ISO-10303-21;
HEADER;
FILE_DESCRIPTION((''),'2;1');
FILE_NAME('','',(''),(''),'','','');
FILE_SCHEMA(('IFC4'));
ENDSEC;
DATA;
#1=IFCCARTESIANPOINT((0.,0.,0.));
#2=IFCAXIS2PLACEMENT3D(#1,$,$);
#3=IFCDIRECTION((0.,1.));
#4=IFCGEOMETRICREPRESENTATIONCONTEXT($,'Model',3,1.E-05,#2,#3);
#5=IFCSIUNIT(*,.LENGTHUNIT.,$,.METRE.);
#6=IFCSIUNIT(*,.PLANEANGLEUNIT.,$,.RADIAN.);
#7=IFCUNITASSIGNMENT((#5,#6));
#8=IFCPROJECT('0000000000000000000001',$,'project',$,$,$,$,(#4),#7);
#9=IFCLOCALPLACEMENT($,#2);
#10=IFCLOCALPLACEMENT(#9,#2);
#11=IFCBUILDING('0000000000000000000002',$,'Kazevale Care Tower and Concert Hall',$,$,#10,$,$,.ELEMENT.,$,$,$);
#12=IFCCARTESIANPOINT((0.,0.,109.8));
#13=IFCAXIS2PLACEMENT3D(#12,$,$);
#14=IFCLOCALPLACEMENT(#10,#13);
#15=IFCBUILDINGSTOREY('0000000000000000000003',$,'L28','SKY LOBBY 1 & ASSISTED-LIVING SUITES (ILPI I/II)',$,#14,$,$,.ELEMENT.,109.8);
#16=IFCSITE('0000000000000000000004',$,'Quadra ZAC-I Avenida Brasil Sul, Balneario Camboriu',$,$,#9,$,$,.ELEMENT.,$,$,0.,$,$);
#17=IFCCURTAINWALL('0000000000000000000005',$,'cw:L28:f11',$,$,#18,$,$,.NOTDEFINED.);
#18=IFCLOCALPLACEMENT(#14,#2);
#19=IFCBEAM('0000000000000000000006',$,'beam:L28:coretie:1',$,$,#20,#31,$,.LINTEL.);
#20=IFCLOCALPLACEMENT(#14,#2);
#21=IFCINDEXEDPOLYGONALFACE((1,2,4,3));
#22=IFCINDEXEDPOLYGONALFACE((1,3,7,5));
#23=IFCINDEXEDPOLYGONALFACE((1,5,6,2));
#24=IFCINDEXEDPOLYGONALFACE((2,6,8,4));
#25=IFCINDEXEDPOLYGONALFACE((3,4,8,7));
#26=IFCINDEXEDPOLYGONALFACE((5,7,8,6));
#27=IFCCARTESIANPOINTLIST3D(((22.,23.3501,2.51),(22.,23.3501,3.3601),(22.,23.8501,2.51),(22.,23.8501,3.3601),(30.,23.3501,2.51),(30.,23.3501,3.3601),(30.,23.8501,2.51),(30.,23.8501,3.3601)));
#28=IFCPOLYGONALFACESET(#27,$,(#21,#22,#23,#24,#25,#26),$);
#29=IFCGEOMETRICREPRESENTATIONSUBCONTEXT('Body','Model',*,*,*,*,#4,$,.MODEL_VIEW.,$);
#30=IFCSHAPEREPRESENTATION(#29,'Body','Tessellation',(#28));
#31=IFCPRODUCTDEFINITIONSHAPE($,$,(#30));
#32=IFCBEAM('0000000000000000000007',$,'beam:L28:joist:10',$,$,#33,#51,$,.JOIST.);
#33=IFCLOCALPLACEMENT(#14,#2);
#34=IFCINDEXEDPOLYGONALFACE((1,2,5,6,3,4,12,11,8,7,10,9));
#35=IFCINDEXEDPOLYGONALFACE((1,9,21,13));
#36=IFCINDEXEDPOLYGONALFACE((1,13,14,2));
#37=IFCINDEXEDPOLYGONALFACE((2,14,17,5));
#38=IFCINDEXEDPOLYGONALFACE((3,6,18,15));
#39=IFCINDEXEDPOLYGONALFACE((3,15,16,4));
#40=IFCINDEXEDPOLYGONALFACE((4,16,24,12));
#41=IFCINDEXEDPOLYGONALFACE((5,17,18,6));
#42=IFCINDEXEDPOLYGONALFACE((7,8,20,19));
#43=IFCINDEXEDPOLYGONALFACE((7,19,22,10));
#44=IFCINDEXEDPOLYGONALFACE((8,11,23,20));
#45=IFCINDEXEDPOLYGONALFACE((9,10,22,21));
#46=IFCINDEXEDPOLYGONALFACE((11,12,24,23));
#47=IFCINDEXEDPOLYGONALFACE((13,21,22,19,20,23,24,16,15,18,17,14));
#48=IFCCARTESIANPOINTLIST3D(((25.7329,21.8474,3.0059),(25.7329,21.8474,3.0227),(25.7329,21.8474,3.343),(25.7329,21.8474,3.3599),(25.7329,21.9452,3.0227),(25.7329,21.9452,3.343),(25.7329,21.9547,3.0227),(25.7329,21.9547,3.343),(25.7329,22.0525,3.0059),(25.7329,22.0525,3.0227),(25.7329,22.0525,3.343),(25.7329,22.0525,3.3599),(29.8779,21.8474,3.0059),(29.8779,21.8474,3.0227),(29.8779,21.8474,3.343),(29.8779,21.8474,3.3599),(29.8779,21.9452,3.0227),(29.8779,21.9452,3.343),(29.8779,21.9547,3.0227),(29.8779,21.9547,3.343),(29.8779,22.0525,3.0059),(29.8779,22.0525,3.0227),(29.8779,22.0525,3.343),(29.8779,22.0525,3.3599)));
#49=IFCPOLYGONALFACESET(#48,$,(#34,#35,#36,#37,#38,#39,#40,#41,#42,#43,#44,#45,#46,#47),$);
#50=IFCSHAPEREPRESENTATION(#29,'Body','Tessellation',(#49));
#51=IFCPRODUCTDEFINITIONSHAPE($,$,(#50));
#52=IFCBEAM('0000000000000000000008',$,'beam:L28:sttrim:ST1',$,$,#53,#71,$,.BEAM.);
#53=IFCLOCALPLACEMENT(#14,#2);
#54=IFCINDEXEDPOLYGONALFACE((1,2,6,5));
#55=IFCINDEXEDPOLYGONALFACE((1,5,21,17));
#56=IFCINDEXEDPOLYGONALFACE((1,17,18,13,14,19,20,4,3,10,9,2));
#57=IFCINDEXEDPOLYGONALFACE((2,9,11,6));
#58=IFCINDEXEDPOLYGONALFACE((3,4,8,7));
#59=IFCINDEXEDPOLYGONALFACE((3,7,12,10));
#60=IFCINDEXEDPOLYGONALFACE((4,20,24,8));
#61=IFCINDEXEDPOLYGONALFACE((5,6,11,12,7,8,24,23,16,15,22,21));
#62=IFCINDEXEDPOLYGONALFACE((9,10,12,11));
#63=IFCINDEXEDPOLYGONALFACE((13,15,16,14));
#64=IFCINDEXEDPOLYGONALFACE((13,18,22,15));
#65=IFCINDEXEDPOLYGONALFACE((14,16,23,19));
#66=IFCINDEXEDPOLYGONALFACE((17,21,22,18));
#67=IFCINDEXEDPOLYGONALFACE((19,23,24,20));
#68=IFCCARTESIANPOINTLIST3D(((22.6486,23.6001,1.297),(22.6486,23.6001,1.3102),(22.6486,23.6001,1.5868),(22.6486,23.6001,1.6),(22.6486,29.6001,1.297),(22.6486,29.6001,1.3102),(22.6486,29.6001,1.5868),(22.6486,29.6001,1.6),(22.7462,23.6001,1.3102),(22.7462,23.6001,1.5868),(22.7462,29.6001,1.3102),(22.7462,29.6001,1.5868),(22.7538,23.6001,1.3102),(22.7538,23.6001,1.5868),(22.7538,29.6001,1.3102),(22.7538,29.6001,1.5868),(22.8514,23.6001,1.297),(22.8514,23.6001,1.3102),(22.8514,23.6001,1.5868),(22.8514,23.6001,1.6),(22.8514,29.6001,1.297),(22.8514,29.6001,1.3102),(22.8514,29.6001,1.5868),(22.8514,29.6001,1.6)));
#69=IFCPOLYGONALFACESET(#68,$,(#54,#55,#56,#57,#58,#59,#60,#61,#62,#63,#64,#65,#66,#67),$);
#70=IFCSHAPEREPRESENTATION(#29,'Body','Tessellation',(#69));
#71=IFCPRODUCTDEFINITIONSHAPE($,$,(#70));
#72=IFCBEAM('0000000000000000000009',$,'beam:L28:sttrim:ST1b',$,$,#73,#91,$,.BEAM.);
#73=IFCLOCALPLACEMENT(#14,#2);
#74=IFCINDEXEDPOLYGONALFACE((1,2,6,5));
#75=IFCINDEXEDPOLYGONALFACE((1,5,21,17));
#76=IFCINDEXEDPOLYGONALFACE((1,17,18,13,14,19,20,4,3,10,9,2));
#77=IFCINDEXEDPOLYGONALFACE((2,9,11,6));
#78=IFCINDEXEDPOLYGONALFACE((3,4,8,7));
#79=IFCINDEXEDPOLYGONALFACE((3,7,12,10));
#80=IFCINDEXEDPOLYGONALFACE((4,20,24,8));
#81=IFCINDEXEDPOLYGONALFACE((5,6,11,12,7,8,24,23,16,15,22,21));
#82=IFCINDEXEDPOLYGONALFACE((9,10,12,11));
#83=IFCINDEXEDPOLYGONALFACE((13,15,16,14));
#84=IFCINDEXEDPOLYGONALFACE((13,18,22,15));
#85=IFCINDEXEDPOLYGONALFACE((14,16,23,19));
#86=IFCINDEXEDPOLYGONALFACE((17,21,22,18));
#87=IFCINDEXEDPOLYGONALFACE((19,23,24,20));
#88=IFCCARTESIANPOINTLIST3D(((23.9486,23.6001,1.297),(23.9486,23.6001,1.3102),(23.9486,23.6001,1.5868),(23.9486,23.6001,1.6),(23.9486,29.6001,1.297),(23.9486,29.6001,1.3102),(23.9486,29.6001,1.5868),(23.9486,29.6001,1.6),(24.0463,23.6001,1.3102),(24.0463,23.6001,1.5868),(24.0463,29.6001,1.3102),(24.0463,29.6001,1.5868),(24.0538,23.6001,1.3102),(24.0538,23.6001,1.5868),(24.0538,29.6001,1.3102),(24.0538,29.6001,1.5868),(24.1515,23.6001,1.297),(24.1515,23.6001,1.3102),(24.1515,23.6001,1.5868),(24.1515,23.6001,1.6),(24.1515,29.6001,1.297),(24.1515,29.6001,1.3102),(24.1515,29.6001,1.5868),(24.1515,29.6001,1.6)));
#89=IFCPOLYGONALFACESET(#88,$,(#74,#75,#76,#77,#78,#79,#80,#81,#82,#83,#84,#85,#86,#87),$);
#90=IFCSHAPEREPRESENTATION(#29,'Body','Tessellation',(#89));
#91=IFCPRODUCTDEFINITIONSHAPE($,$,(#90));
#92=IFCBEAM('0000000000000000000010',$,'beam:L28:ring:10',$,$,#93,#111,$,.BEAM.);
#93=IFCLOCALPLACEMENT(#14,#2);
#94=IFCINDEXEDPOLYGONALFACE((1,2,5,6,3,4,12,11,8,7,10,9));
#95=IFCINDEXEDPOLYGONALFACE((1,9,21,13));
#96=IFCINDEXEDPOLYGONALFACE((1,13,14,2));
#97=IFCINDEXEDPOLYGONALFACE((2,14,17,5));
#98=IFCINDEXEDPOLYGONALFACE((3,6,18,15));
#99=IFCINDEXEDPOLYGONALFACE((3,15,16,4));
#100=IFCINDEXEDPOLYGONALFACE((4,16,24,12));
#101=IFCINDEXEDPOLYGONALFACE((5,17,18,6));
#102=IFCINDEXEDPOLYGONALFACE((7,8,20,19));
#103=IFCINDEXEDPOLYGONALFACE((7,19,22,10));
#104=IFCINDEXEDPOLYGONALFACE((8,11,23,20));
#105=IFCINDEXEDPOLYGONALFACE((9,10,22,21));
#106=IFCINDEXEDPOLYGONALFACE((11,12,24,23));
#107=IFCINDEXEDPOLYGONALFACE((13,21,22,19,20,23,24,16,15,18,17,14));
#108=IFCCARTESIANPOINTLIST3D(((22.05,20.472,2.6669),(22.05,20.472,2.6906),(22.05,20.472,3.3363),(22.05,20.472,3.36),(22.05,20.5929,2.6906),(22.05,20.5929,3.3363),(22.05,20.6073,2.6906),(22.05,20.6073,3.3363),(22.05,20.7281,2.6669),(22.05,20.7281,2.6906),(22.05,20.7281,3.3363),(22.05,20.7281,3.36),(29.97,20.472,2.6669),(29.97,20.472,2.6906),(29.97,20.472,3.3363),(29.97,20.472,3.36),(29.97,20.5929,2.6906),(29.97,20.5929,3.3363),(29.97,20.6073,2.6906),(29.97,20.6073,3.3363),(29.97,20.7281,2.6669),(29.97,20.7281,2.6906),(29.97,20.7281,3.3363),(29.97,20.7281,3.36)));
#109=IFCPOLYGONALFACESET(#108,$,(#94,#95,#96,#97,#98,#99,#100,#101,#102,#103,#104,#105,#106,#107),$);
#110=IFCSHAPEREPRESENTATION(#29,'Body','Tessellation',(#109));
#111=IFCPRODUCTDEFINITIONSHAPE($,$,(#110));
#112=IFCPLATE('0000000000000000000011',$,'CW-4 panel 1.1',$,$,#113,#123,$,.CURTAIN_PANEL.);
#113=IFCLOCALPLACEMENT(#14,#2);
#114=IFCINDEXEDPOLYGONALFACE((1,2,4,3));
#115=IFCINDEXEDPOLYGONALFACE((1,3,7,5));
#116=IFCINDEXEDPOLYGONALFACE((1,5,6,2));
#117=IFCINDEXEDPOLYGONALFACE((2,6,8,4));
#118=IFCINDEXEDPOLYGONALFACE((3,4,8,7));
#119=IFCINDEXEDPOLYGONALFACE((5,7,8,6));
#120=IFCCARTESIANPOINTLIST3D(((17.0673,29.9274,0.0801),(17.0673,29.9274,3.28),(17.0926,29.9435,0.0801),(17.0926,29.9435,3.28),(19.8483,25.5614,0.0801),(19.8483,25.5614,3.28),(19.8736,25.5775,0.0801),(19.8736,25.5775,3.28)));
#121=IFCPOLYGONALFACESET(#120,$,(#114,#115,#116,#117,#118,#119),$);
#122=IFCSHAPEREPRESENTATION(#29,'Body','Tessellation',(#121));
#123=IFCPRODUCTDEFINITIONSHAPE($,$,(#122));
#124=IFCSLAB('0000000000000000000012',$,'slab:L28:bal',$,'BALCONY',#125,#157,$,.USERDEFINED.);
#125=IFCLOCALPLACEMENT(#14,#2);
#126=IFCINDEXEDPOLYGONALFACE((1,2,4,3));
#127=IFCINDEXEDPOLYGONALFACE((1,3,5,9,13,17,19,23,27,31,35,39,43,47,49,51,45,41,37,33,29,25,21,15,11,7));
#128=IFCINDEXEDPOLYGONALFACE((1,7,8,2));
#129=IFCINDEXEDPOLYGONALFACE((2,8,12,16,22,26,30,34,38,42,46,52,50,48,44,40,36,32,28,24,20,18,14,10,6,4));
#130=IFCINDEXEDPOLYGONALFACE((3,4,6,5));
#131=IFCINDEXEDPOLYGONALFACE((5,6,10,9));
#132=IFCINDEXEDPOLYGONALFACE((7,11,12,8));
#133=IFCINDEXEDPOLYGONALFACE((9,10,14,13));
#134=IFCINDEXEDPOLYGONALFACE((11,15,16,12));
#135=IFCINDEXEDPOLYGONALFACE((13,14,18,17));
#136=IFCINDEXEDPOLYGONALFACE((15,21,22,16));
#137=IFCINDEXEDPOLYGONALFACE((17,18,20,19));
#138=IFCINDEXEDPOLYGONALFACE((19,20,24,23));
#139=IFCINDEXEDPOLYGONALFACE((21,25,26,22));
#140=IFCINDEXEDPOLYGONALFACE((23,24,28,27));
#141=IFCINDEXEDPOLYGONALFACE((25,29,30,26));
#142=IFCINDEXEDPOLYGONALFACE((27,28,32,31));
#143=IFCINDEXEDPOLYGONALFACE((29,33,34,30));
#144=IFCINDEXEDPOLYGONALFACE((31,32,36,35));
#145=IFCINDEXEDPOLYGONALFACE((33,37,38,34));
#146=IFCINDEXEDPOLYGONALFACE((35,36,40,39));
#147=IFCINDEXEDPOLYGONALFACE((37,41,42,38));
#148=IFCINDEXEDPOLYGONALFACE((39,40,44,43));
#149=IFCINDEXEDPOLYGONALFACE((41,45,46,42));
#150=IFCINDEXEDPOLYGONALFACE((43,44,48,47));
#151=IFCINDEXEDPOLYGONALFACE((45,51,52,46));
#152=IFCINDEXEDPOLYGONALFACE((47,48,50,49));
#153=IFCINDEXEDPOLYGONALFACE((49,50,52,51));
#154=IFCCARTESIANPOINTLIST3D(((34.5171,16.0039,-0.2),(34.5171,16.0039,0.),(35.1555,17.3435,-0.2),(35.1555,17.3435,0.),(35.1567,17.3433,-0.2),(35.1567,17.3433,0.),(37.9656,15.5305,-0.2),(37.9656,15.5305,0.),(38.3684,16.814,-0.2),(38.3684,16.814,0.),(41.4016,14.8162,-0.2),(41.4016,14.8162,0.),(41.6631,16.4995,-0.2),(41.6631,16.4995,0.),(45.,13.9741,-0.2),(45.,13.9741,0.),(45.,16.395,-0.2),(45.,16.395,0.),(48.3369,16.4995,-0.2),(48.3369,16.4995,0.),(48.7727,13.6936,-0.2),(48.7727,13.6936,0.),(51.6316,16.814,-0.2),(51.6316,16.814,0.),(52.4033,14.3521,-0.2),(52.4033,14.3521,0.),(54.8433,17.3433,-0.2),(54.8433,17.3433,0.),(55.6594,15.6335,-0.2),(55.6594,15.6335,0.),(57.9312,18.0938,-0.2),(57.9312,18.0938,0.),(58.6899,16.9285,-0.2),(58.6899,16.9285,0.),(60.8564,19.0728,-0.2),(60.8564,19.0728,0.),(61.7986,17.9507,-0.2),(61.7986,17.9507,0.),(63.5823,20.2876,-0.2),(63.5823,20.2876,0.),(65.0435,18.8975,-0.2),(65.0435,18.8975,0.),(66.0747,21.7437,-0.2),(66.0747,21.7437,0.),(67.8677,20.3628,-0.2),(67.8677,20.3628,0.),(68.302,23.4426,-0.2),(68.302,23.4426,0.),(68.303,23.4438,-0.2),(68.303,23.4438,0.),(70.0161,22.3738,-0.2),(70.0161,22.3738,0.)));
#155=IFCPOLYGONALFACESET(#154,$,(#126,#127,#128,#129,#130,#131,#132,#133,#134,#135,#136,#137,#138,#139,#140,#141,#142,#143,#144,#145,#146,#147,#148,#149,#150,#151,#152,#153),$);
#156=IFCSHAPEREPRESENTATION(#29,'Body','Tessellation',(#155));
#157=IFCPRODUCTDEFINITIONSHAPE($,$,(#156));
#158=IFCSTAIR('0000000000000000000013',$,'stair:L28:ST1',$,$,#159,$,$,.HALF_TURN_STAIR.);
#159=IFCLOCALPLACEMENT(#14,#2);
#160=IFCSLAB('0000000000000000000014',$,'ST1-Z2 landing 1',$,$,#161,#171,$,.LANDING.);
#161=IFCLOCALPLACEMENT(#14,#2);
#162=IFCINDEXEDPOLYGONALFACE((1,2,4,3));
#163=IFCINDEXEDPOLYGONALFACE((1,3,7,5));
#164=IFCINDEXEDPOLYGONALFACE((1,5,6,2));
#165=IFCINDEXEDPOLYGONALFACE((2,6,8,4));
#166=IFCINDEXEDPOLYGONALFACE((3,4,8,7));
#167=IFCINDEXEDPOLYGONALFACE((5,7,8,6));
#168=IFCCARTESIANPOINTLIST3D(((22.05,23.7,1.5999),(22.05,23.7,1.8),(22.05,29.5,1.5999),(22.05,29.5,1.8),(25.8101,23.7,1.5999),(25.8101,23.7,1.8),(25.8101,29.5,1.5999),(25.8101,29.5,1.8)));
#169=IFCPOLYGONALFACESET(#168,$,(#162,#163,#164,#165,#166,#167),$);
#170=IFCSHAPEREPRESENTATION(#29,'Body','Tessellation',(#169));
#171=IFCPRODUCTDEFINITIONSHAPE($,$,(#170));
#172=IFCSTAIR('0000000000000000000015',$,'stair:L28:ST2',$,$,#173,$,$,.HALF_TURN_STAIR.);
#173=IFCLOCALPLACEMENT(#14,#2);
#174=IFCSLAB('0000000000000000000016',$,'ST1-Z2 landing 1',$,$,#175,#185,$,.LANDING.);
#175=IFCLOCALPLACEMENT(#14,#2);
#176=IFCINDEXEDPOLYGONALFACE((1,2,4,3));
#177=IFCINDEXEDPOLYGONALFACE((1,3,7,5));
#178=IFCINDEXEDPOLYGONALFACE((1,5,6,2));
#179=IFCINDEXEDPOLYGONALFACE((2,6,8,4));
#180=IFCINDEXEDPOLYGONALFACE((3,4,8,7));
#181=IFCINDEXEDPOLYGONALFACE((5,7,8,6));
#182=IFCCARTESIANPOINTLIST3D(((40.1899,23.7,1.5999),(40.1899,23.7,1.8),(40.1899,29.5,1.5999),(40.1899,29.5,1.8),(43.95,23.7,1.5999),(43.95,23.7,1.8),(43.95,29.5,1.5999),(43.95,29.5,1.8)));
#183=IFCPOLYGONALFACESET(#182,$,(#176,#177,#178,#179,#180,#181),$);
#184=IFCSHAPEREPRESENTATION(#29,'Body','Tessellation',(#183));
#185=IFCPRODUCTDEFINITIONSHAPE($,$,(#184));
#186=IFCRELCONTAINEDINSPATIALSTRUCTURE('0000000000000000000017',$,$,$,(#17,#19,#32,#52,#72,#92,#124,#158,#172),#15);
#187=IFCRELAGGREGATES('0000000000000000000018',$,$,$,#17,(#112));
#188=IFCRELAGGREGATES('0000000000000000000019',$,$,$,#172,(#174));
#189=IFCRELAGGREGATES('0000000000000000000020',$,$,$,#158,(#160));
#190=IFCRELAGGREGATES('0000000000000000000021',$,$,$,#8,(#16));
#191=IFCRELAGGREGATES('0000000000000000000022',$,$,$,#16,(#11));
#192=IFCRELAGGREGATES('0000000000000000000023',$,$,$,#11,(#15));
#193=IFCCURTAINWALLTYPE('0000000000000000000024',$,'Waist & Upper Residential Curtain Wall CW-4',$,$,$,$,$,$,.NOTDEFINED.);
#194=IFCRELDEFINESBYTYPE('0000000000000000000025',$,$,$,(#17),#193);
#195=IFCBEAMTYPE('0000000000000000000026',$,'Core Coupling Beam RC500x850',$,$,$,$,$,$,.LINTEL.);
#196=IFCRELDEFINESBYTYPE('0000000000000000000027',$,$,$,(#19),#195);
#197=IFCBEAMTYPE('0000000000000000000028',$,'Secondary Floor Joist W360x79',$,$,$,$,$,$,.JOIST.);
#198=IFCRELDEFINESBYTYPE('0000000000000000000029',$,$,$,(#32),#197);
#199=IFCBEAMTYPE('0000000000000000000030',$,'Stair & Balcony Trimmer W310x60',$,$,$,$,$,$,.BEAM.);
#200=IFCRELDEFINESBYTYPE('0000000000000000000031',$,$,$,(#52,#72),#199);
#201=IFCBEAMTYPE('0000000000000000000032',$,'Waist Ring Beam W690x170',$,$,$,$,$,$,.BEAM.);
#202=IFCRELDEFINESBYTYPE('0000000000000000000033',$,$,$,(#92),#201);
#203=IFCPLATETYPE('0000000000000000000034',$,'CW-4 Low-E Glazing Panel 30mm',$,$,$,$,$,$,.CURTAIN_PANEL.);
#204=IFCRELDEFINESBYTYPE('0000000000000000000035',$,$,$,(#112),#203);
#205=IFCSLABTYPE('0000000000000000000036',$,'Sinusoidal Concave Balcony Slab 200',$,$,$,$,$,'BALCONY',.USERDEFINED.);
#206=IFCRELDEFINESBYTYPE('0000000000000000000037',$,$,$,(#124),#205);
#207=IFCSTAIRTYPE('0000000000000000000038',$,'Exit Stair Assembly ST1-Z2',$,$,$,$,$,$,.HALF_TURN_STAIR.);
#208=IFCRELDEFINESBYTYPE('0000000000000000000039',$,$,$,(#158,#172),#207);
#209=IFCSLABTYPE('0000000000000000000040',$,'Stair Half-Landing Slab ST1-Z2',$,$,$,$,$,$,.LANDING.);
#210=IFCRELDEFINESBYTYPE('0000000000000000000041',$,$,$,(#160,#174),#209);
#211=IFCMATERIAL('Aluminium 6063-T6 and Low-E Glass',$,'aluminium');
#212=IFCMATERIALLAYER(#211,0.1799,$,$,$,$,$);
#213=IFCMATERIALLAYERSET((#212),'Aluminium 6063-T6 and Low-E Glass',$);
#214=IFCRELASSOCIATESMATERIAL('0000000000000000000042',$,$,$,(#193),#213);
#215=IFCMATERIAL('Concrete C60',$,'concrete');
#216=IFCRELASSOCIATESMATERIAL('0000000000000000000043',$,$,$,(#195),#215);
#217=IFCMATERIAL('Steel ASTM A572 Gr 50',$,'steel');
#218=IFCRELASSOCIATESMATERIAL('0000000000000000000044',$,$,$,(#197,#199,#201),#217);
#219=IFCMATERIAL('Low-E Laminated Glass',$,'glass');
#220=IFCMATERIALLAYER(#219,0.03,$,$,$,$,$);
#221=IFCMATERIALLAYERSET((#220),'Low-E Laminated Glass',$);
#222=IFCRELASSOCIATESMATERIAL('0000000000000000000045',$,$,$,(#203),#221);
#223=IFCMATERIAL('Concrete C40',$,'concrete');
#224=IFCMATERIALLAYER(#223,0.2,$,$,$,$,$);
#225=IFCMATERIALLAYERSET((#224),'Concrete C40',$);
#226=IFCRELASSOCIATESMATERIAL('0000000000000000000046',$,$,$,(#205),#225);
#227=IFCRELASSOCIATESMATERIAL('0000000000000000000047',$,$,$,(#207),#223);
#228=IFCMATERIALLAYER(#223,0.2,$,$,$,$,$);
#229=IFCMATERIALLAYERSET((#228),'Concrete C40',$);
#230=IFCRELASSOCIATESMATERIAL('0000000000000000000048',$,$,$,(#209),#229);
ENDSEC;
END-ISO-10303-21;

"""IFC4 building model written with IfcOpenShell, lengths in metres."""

from ifc_helpers import new_model, si_unit, direction, frame, origin, origin_2d, place, context, subcontext, project, spatial, polyline, rectangle, i_section, outline, extrude, material, layer, layer_set, material_profile, profile_set, type_object, element, aggregate, save


model = new_model("IFC4")

# Units and contexts
model_context = context("Model", 3, precision=1e-05, world=origin(), true_north=direction((0.0, 1.0)))
body_context = subcontext(model_context, "Body", "Model", "MODEL_VIEW")
ifc_project = project(units=[si_unit("LENGTHUNIT", "METRE"), si_unit("PLANEANGLEUNIT", "RADIAN")], contexts=[model_context])

# Site, building, storey
site_placement = place(None, origin())
site = spatial("IfcSite", under=ifc_project, at=site_placement, Name="Quadra ZAC-I Avenida Brasil Sul, Balneario Camboriu", CompositionType="ELEMENT", RefElevation=0.0)
building_placement = place(site_placement, origin())
building = spatial("IfcBuilding", under=site, at=building_placement, Name="Kazevale Care Tower and Concert Hall", CompositionType="ELEMENT")
storey_placement = place(building_placement, frame((0.0, 0.0, 109.8)))
storey = spatial("IfcBuildingStorey", under=building, at=storey_placement, Name="L28", Description="SKY LOBBY 1 & ASSISTED-LIVING SUITES (ILPI I/II)", CompositionType="ELEMENT", Elevation=109.8)

# Shared definitions
ifc_material_1 = material(Name="Concrete C60", Category="concrete")

# Curtain wall
ifc_material_2 = material(Name="Aluminium 6063-T6 and Low-E Glass", Category="aluminium")
ifc_layer_1 = layer(ifc_material_2, 0.1799)
ifc_layer_set_1 = layer_set([ifc_layer_1], Name="Aluminium 6063-T6 and Low-E Glass")
curtain_wall_type_1 = type_object("IfcCurtainWallType", Name="Waist & Upper Residential Curtain Wall CW-4", PredefinedType="NOTDEFINED", material=ifc_layer_set_1)
curtain_wall_1_placement = place(storey_placement, origin())
curtain_wall_1 = element("IfcCurtainWall", 1, at=curtain_wall_1_placement, inside=storey, type_object=curtain_wall_type_1, Name="cw:L28:f11", PredefinedType="NOTDEFINED")

# Beams
ifc_material_profile_1 = material_profile(ifc_material_1, rectangle(XDim=0.5, YDim=0.8501, at=origin_2d()), Name="RC-B500x850")
ifc_profile_set_1 = profile_set([ifc_material_profile_1], Name="Concrete C60")
beam_type_1 = type_object("IfcBeamType", Name="Core Coupling Beam RC500x850", PredefinedType="LINTEL", material=ifc_profile_set_1)
beam_1_placement = place(storey_placement, frame((22.0, 23.6001, 2.9351), z_axis=(1.0, 0.0, 0.0), x_axis=(0.0, 1.0, 0.0)))
element("IfcBeam", 2, at=beam_1_placement, inside=storey, type_object=beam_type_1, Name="beam:L28:coretie:1", PredefinedType="LINTEL", context=body_context, shape_type="SweptSolid", body=[
    extrude(rectangle(XDim=0.5, YDim=0.8501, at=origin_2d()), origin(), (0.0, 0.0, 1.0), 8.0),
])
ifc_material_3 = material(Name="Steel ASTM A572 Gr 50", Category="steel")
ifc_material_profile_2 = material_profile(ifc_material_3, i_section(OverallWidth=0.2051, OverallDepth=0.354, WebThickness=0.0095, FlangeThickness=0.0168, at=origin_2d()), Name="W360x79")
ifc_profile_set_2 = profile_set([ifc_material_profile_2], Name="Steel ASTM A572 Gr 50")
beam_type_2 = type_object("IfcBeamType", Name="Secondary Floor Joist W360x79", PredefinedType="JOIST", material=ifc_profile_set_2)
beam_2_placement = place(storey_placement, frame((25.7329, 21.95, 3.1829), z_axis=(1.0, 0.0, 0.0), x_axis=(0.0, 1.0, 0.0)))
element("IfcBeam", 3, at=beam_2_placement, inside=storey, type_object=beam_type_2, Name="beam:L28:joist:10", PredefinedType="JOIST", context=body_context, shape_type="SweptSolid", body=[
    extrude(i_section(OverallWidth=0.2051, OverallDepth=0.354, WebThickness=0.0095, FlangeThickness=0.0168, at=origin_2d()), origin(), (0.0, 0.0, 1.0), 4.145),
])
ifc_material_profile_3 = material_profile(ifc_material_3, i_section(OverallWidth=0.2029, OverallDepth=0.303, WebThickness=0.0076, FlangeThickness=0.0132, at=origin_2d()), Name="W310x60")
ifc_profile_set_3 = profile_set([ifc_material_profile_3], Name="Steel ASTM A572 Gr 50")
beam_type_3 = type_object("IfcBeamType", Name="Stair & Balcony Trimmer W310x60", PredefinedType="BEAM", material=ifc_profile_set_3)
for number, where, z_axis, x_axis, name in (
    (4, (22.75, 23.6001, 1.4485), (0.0, 1.0, 0.0), (-1.0, 0.0, 0.0), "beam:L28:sttrim:ST1"),
    (5, (24.05, 23.6001, 1.4485), (0.0, 1.0, 0.0), (-1.0, 0.0, 0.0), "beam:L28:sttrim:ST1b"),
):
    element("IfcBeam", number, at=place(storey_placement, frame(where, z_axis=z_axis, x_axis=x_axis)), inside=storey, type_object=beam_type_3, Name=name, PredefinedType="BEAM", context=body_context, shape_type="SweptSolid", body=[
        extrude(i_section(OverallWidth=0.2029, OverallDepth=0.303, WebThickness=0.0076, FlangeThickness=0.0132, at=origin_2d()), origin(), (0.0, 0.0, 1.0), 6.0),
    ])
ifc_material_profile_4 = material_profile(ifc_material_3, i_section(OverallWidth=0.2561, OverallDepth=0.6931, WebThickness=0.0144, FlangeThickness=0.0237, at=origin_2d()), Name="W690x170")
ifc_profile_set_4 = profile_set([ifc_material_profile_4], Name="Steel ASTM A572 Gr 50")
beam_type_4 = type_object("IfcBeamType", Name="Waist Ring Beam W690x170", PredefinedType="BEAM", material=ifc_profile_set_4)
beam_3_placement = place(storey_placement, frame((22.05, 20.6001, 3.0134), z_axis=(1.0, 0.0, 0.0), x_axis=(0.0, 1.0, 0.0)))
element("IfcBeam", 6, at=beam_3_placement, inside=storey, type_object=beam_type_4, Name="beam:L28:ring:10", PredefinedType="BEAM", context=body_context, shape_type="SweptSolid", body=[
    extrude(i_section(OverallWidth=0.2561, OverallDepth=0.6931, WebThickness=0.0144, FlangeThickness=0.0237, at=origin_2d()), origin(), (0.0, 0.0, 1.0), 7.9199),
])

# Plate
ifc_material_4 = material(Name="Low-E Laminated Glass", Category="glass")
ifc_layer_2 = layer(ifc_material_4, 0.03)
ifc_layer_set_2 = layer_set([ifc_layer_2], Name="Low-E Laminated Glass")
plate_type = type_object("IfcPlateType", Name="CW-4 Low-E Glazing Panel 30mm", PredefinedType="CURTAIN_PANEL", material=ifc_layer_set_2)
plate_placement = place(storey_placement, frame((18.4705, 27.7524, 0.0801), z_axis=(0.0, 0.0, 1.0), x_axis=(-0.537239, 0.84343, 0.0)))
plate = element("IfcPlate", 7, at=plate_placement, type_object=plate_type, Name="CW-4 panel 1.1", PredefinedType="CURTAIN_PANEL", context=body_context, shape_type="SweptSolid", body=[
    extrude(rectangle(XDim=5.1765, YDim=0.03, at=origin_2d()), origin(), (0.0, 0.0, 1.0), 3.2),
])
aggregate(curtain_wall_1, [plate])

# Slab
ifc_material_5 = material(Name="Concrete C40", Category="concrete")
ifc_layer_3 = layer(ifc_material_5, 0.2)
ifc_layer_set_3 = layer_set([ifc_layer_3], Name="Concrete C40")
slab_type_1 = type_object("IfcSlabType", Name="Sinusoidal Concave Balcony Slab 200", ElementType="BALCONY", PredefinedType="USERDEFINED", material=ifc_layer_set_3)
slab_1_placement = place(storey_placement, frame((0.0, 0.0, -0.2)))
element("IfcSlab", 8, at=slab_1_placement, inside=storey, type_object=slab_type_1, Name="slab:L28:bal", ObjectType="BALCONY", PredefinedType="USERDEFINED", context=body_context, shape_type="SweptSolid", body=[
    extrude(outline(polyline([(70.0161, 22.3738), (67.8677, 20.3628), (65.0435, 18.8975), (61.7986, 17.9507), (58.6899, 16.9285), (55.6594, 15.6335), (52.4033, 14.3521), (48.7727, 13.6936), (45.0, 13.9741), (41.4016, 14.8162), (37.9656, 15.5305), (34.5171, 16.0039), (35.1555, 17.3435), (35.1567, 17.3433), (38.3684, 16.814), (41.6631, 16.4995), (45.0, 16.395), (48.3369, 16.4995), (51.6316, 16.814), (54.8433, 17.3433), (57.9312, 18.0938), (60.8564, 19.0728), (63.5823, 20.2876), (66.0747, 21.7437), (68.302, 23.4426), (68.303, 23.4438), (70.0161, 22.3738)])), origin(), (0.0, 0.0, 1.0), 0.2),
])

# Stairs, slabs
stair_type = type_object("IfcStairType", Name="Exit Stair Assembly ST1-Z2", PredefinedType="HALF_TURN_STAIR", material=ifc_material_5)
stair_1_placement = place(storey_placement, origin())
stair_1 = element("IfcStair", 9, at=stair_1_placement, inside=storey, type_object=stair_type, Name="stair:L28:ST1", PredefinedType="HALF_TURN_STAIR")
ifc_layer_4 = layer(ifc_material_5, 0.2)
ifc_layer_set_4 = layer_set([ifc_layer_4], Name="Concrete C40")
slab_type_2 = type_object("IfcSlabType", Name="Stair Half-Landing Slab ST1-Z2", PredefinedType="LANDING", material=ifc_layer_set_4)
slab_2_placement = place(storey_placement, frame((0.0, 0.0, 1.5999)))
slab_2 = element("IfcSlab", 10, at=slab_2_placement, type_object=slab_type_2, Name="ST1-Z2 landing 1", PredefinedType="LANDING", context=body_context, shape_type="SweptSolid", body=[
    extrude(outline(polyline([(22.05, 23.7), (25.8101, 23.7), (25.8101, 29.5), (22.05, 29.5), (22.05, 23.7)])), origin(), (0.0, 0.0, 1.0), 0.2002),
])
stair_2_placement = place(storey_placement, origin())
stair_2 = element("IfcStair", 11, at=stair_2_placement, inside=storey, type_object=stair_type, Name="stair:L28:ST2", PredefinedType="HALF_TURN_STAIR")
slab_3_placement = place(storey_placement, frame((0.0, 0.0, 1.5999)))
slab_3 = element("IfcSlab", 12, at=slab_3_placement, type_object=slab_type_2, Name="ST1-Z2 landing 1", PredefinedType="LANDING", context=body_context, shape_type="SweptSolid", body=[
    extrude(outline(polyline([(40.1899, 23.7), (43.95, 23.7), (43.95, 29.5), (40.1899, 29.5), (40.1899, 23.7)])), origin(), (0.0, 0.0, 1.0), 0.2002),
])
aggregate(stair_2, [slab_3])

aggregate(stair_1, [slab_2])

save(model, "model.ifc")
